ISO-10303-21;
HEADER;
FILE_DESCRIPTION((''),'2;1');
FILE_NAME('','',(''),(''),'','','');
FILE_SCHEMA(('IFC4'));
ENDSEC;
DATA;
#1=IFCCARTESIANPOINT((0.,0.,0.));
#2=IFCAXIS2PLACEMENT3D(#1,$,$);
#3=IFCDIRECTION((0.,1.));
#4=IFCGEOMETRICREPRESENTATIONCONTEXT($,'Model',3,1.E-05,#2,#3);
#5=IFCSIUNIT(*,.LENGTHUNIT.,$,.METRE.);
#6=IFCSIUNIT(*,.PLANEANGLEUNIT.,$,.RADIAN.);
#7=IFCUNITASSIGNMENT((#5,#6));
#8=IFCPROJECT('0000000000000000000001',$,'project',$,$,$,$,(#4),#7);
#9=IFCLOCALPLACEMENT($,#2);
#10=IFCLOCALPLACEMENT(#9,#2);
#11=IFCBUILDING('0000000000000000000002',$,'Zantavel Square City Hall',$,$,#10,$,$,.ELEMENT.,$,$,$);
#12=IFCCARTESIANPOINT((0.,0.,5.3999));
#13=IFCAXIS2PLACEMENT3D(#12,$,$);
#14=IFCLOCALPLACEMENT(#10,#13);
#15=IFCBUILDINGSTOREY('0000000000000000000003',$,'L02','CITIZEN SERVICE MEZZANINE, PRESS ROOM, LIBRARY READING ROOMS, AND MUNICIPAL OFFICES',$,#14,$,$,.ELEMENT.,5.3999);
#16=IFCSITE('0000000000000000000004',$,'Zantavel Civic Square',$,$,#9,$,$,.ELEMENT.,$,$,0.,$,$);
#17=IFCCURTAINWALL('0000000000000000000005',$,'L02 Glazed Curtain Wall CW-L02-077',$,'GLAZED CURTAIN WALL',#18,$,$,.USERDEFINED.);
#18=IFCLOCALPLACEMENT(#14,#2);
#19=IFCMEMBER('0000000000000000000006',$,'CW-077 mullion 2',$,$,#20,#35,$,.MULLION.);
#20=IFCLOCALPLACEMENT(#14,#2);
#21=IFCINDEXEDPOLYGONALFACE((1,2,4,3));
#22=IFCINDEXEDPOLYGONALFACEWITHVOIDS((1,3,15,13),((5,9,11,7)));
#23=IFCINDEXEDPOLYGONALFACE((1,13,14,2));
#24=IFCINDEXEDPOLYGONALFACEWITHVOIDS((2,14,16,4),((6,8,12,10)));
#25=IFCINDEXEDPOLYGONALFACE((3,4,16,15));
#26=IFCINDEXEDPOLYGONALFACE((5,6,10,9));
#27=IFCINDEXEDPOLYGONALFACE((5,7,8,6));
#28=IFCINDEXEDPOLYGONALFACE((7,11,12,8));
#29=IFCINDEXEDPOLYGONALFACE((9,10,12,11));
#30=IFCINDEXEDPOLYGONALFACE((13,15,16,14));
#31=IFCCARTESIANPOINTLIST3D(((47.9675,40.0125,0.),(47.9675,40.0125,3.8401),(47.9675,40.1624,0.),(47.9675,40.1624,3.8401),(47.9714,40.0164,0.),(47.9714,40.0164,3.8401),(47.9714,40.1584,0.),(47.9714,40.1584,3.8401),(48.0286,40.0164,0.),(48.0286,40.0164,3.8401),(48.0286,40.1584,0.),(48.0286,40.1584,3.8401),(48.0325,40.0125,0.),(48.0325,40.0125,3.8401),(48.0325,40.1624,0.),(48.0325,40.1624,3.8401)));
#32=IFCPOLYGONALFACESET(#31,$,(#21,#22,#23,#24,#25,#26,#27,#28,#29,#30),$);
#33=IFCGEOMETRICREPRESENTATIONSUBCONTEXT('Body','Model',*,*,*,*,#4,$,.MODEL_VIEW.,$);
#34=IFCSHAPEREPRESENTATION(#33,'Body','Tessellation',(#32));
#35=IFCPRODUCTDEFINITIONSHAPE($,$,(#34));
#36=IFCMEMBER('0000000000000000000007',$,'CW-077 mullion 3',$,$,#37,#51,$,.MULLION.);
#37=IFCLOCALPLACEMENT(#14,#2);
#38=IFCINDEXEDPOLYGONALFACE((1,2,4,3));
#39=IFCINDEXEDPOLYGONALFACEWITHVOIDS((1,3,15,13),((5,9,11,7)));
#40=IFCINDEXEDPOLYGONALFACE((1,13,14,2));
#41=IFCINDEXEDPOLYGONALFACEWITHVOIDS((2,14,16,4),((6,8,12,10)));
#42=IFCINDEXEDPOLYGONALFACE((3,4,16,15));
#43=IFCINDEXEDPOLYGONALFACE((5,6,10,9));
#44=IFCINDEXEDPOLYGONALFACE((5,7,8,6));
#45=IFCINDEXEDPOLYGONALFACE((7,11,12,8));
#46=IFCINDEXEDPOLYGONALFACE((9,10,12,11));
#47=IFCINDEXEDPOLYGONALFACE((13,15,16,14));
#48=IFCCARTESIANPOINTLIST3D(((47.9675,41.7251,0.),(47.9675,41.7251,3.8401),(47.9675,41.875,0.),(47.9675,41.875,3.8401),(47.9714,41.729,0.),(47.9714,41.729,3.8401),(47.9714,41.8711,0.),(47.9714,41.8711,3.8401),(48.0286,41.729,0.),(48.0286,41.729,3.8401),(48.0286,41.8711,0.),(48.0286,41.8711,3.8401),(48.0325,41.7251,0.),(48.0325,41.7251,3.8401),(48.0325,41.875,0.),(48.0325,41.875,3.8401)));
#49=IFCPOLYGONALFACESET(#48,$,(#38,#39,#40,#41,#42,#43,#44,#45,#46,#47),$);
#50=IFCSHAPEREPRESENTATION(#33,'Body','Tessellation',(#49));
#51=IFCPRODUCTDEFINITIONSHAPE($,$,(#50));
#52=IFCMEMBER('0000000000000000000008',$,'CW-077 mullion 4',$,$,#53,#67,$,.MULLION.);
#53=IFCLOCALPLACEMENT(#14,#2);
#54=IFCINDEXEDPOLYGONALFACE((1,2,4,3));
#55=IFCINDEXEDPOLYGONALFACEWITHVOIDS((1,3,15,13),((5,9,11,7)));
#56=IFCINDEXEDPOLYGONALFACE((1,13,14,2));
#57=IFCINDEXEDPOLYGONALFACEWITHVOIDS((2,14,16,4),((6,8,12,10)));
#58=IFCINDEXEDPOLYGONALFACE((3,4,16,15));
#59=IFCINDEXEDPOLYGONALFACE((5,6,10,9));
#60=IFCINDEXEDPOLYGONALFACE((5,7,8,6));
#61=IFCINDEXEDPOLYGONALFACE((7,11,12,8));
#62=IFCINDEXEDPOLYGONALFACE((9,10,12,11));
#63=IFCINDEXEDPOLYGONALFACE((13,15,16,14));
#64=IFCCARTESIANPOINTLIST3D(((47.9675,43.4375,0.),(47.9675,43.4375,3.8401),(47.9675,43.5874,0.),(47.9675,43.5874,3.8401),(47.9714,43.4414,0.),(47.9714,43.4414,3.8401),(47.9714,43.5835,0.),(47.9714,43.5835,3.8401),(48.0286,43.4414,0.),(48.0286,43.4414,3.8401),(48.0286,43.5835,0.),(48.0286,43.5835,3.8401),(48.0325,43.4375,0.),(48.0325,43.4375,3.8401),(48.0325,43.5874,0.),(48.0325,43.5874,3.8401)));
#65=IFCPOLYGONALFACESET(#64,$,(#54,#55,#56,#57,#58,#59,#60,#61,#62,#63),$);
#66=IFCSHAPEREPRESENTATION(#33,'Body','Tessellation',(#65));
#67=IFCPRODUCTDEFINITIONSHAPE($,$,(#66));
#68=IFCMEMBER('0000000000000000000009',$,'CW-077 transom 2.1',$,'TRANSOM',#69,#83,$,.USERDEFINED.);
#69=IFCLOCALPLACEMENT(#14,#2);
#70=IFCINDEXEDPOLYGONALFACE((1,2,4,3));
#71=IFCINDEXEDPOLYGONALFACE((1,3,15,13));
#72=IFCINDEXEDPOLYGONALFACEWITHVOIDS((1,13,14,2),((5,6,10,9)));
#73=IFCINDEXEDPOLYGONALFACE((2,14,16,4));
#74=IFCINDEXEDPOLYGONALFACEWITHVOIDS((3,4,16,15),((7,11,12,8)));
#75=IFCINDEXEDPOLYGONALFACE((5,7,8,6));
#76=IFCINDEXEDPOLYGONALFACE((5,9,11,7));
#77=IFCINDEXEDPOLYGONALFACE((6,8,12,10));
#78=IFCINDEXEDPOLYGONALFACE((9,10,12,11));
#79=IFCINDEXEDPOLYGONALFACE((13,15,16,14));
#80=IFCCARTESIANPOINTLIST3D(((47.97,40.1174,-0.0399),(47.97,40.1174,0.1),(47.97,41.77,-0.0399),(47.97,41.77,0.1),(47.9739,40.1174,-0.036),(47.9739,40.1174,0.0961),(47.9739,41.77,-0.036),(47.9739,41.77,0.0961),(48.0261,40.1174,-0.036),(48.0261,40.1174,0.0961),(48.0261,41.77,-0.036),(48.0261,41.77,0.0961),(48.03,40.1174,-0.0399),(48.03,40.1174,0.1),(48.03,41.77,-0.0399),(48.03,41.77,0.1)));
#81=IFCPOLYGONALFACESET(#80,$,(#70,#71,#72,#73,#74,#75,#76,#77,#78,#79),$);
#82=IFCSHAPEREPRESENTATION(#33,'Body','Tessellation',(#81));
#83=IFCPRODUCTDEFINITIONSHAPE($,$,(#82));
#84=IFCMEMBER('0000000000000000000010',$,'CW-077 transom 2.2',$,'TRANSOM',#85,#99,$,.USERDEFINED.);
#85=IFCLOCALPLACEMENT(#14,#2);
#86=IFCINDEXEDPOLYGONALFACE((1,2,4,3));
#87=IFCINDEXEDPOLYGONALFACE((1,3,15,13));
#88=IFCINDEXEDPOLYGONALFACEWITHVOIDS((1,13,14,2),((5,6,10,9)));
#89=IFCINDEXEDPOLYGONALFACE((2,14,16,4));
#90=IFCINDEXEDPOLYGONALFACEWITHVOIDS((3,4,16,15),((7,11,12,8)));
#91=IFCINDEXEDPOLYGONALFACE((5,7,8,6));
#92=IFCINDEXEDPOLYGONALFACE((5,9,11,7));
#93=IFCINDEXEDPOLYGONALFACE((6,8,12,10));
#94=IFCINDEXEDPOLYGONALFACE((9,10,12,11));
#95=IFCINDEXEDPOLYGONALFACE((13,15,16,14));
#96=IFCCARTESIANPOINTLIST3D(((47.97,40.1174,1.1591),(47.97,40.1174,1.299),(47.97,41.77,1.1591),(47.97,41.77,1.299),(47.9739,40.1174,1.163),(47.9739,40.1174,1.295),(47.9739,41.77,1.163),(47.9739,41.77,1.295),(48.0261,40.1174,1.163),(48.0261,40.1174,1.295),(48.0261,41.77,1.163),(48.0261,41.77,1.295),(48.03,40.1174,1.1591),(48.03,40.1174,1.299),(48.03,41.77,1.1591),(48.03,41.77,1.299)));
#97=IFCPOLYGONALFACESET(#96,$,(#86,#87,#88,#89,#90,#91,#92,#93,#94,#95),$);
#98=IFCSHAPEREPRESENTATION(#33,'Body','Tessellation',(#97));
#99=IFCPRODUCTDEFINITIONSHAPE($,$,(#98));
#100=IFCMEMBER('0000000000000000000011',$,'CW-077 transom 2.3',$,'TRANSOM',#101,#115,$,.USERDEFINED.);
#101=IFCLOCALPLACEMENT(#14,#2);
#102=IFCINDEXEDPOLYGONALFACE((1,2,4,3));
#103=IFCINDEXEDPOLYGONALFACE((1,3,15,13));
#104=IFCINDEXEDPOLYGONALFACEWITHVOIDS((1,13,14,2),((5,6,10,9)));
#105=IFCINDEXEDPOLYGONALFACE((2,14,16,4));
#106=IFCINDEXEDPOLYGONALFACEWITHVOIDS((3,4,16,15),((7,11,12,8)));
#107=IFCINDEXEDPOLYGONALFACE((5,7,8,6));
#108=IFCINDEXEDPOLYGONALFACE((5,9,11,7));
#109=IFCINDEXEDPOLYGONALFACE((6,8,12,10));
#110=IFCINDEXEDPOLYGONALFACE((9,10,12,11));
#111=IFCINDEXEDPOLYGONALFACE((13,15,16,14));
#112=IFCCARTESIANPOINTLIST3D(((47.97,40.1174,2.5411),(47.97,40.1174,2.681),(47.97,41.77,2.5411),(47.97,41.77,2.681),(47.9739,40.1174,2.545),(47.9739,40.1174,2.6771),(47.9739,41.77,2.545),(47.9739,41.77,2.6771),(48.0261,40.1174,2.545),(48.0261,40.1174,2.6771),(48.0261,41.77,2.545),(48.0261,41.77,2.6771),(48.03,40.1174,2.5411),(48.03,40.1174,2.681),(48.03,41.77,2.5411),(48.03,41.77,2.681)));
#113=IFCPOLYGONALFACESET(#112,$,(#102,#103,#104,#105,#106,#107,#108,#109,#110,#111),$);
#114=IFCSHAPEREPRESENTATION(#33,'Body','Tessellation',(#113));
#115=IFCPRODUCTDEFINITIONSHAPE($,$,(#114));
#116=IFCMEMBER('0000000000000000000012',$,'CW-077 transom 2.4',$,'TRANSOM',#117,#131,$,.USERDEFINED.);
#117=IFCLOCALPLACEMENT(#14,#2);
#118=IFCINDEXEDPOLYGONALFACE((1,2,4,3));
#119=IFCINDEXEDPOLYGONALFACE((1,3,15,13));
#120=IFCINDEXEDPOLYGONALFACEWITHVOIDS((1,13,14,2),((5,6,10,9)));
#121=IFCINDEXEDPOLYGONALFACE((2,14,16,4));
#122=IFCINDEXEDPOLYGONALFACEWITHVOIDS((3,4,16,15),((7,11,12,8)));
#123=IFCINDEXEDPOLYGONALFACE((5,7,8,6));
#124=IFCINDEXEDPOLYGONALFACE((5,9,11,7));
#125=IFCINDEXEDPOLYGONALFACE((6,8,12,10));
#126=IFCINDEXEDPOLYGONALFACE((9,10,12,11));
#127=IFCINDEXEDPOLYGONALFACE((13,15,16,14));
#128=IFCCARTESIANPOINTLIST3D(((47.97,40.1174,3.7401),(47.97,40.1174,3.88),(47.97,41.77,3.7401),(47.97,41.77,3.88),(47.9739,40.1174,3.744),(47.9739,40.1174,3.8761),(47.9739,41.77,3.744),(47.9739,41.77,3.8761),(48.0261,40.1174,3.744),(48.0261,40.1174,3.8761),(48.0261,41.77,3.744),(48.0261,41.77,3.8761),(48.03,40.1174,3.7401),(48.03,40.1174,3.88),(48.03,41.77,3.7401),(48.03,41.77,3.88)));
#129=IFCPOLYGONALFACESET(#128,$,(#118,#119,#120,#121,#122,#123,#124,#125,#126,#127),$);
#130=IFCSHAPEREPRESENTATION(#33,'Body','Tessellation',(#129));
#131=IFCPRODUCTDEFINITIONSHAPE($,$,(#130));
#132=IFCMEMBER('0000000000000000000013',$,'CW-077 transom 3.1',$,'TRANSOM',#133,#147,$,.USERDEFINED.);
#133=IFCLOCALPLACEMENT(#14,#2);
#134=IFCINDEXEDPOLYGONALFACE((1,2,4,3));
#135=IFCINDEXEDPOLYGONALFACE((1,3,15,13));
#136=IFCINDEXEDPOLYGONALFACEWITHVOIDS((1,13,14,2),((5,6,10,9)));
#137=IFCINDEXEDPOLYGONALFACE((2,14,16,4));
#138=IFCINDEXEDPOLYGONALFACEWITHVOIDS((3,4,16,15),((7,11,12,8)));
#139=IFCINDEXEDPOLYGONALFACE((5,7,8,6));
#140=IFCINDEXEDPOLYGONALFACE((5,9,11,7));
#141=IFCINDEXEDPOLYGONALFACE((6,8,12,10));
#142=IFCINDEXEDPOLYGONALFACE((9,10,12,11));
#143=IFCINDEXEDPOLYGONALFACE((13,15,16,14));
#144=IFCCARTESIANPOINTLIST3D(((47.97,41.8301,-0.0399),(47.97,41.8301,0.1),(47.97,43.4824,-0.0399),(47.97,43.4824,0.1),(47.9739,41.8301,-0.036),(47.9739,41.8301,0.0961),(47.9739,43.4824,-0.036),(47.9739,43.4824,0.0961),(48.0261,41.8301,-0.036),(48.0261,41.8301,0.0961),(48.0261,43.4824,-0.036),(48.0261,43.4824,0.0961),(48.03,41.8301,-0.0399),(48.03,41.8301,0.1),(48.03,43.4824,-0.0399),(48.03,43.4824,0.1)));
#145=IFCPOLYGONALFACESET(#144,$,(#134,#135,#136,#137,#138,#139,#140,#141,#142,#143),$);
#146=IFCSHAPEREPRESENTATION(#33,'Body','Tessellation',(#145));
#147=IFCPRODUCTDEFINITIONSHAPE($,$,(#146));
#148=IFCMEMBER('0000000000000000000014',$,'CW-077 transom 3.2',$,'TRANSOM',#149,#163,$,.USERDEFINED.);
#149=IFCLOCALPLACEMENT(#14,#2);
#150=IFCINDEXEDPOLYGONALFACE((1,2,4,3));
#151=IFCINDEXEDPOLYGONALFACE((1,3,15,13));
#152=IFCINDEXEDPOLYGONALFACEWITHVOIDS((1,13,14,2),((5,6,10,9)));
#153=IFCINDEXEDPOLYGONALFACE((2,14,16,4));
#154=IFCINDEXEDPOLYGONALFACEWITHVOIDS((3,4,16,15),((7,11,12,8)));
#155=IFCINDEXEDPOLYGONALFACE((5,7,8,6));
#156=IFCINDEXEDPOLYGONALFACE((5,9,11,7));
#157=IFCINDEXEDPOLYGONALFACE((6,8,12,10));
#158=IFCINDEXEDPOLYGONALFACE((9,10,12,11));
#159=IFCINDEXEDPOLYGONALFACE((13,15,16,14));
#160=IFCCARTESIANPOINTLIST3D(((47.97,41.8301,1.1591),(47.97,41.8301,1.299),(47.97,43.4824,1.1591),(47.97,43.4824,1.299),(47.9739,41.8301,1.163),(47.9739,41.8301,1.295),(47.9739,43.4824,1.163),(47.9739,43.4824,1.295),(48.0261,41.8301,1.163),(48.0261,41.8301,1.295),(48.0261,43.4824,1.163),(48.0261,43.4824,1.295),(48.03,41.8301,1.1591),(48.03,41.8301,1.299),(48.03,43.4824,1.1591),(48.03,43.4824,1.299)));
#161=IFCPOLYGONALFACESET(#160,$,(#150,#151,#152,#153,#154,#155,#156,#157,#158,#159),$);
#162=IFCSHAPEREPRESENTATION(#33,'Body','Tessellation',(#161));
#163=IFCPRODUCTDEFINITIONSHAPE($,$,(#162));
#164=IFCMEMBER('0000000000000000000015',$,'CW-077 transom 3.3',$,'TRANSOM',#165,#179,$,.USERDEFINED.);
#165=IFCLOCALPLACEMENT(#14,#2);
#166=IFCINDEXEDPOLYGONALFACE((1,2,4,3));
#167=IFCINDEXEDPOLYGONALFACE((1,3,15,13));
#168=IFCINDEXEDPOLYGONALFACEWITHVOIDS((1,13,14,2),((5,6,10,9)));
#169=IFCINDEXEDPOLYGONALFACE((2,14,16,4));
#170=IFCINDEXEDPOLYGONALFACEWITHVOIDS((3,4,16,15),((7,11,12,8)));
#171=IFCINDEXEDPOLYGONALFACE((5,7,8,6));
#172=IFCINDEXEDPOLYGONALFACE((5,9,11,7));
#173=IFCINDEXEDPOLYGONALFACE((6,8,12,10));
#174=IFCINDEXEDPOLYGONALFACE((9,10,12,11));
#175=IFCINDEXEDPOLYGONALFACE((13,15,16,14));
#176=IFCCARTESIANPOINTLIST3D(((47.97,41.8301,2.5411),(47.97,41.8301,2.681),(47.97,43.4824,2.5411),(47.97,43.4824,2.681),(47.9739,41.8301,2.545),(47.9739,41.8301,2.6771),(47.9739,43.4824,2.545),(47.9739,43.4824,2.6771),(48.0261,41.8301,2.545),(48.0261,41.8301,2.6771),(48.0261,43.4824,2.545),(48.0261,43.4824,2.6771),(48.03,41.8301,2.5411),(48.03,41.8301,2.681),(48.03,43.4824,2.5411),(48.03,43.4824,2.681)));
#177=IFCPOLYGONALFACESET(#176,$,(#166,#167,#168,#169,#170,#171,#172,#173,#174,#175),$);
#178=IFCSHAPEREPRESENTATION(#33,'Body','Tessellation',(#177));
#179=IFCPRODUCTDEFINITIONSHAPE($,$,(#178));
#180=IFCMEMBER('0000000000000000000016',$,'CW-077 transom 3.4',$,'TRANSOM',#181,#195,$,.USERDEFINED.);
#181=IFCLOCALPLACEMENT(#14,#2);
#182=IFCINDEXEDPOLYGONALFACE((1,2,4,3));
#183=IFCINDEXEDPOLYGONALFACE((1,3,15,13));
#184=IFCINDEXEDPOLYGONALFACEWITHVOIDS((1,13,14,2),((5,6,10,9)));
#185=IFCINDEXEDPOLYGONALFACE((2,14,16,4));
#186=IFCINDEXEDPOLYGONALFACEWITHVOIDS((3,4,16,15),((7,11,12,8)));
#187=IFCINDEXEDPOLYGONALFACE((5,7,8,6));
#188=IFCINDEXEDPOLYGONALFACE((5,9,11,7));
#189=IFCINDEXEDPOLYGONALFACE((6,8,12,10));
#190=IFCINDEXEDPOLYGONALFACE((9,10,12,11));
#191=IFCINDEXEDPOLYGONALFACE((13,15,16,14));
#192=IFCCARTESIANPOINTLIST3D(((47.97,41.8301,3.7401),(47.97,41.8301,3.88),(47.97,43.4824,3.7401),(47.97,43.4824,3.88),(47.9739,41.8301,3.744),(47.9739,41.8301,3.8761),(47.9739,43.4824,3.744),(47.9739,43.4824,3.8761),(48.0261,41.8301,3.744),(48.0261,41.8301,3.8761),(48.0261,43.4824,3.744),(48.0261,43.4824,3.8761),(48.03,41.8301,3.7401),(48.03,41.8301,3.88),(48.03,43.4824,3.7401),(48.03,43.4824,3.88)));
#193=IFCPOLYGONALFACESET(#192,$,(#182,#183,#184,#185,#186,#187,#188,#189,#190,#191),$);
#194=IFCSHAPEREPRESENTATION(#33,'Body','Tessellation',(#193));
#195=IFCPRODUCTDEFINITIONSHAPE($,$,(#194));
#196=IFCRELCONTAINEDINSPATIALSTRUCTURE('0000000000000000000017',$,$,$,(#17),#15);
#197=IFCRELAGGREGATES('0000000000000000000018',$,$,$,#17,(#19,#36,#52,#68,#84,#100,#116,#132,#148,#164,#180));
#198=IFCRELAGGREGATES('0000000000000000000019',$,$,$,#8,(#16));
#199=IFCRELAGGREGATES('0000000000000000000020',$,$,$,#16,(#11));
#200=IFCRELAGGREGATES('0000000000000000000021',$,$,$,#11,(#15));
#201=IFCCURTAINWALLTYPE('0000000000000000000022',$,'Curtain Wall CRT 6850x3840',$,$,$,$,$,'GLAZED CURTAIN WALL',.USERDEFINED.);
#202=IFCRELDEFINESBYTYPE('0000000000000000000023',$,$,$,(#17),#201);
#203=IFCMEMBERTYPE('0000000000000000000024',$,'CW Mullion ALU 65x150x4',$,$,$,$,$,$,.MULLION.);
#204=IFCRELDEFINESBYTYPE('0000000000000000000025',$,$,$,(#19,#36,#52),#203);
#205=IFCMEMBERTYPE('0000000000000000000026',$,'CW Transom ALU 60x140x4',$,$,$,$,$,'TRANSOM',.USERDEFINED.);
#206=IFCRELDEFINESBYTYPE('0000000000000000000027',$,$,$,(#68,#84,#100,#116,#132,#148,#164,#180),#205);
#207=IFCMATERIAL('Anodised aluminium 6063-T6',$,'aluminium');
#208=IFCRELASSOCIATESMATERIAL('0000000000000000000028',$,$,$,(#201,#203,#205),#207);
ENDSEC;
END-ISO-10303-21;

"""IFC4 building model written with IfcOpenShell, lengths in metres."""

from ifc_helpers import new_model, si_unit, direction, frame, origin, origin_2d, place, context, subcontext, project, spatial, hollow_rectangle, extrude, material, material_profile, profile_set, type_object, element, aggregate, save


model = new_model("IFC4")

# Units and contexts
model_context = context("Model", 3, precision=1e-05, world=origin(), true_north=direction((0.0, 1.0)))
body_context = subcontext(model_context, "Body", "Model", "MODEL_VIEW")
ifc_project = project(units=[si_unit("LENGTHUNIT", "METRE"), si_unit("PLANEANGLEUNIT", "RADIAN")], contexts=[model_context])

# Site, building, storey
site_placement = place(None, origin())
site = spatial("IfcSite", under=ifc_project, at=site_placement, Name="Zantavel Civic Square", CompositionType="ELEMENT", RefElevation=0.0)
building_placement = place(site_placement, origin())
building = spatial("IfcBuilding", under=site, at=building_placement, Name="Zantavel Square City Hall", CompositionType="ELEMENT")
storey_placement = place(building_placement, frame((0.0, 0.0, 5.3999)))
storey = spatial("IfcBuildingStorey", under=building, at=storey_placement, Name="L02", Description="CITIZEN SERVICE MEZZANINE, PRESS ROOM, LIBRARY READING ROOMS, AND MUNICIPAL OFFICES", CompositionType="ELEMENT", Elevation=5.3999)

# Curtain wall, members
ifc_material_1 = material(Name="Anodised aluminium 6063-T6", Category="aluminium")
curtain_wall_type = type_object("IfcCurtainWallType", Name="Curtain Wall CRT 6850x3840", ElementType="GLAZED CURTAIN WALL", PredefinedType="USERDEFINED", material=ifc_material_1)
curtain_wall_placement = place(storey_placement, origin())
curtain_wall = element("IfcCurtainWall", 1, at=curtain_wall_placement, inside=storey, type_object=curtain_wall_type, Name="L02 Glazed Curtain Wall CW-L02-077", ObjectType="GLAZED CURTAIN WALL", PredefinedType="USERDEFINED")
ifc_material_profile_1 = material_profile(ifc_material_1, hollow_rectangle(XDim=0.0649, YDim=0.1499, WallThickness=0.0039, at=origin_2d()), Name="ALU 65x150x4")
ifc_profile_set_1 = profile_set([ifc_material_profile_1], Name="Anodised aluminium 6063-T6")
member_type_1 = type_object("IfcMemberType", Name="CW Mullion ALU 65x150x4", PredefinedType="MULLION", material=ifc_profile_set_1)
member_1_placement = place(storey_placement, frame((48.0, 40.0874, 0.0), z_axis=(0.0, 0.0, 1.0), x_axis=(-1.0, 0.0, 0.0)))
member_1 = element("IfcMember", 2, at=member_1_placement, type_object=member_type_1, Name="CW-077 mullion 2", PredefinedType="MULLION", context=body_context, shape_type="SweptSolid", body=[
    extrude(hollow_rectangle(XDim=0.0649, YDim=0.1499, WallThickness=0.0039, at=origin_2d()), origin(), (0.0, 0.0, 1.0), 3.8401),
])
member_2_placement = place(storey_placement, frame((48.0, 41.8, 0.0), z_axis=(0.0, 0.0, 1.0), x_axis=(-1.0, 0.0, 0.0)))
member_2 = element("IfcMember", 3, at=member_2_placement, type_object=member_type_1, Name="CW-077 mullion 3", PredefinedType="MULLION", context=body_context, shape_type="SweptSolid", body=[
    extrude(hollow_rectangle(XDim=0.0649, YDim=0.1499, WallThickness=0.0039, at=origin_2d()), origin(), (0.0, 0.0, 1.0), 3.8401),
])
member_3_placement = place(storey_placement, frame((48.0, 43.5125, 0.0), z_axis=(0.0, 0.0, 1.0), x_axis=(-1.0, 0.0, 0.0)))
member_3 = element("IfcMember", 4, at=member_3_placement, type_object=member_type_1, Name="CW-077 mullion 4", PredefinedType="MULLION", context=body_context, shape_type="SweptSolid", body=[
    extrude(hollow_rectangle(XDim=0.0649, YDim=0.1499, WallThickness=0.0039, at=origin_2d()), origin(), (0.0, 0.0, 1.0), 3.8401),
])
ifc_material_profile_2 = material_profile(ifc_material_1, hollow_rectangle(XDim=0.0601, YDim=0.1399, WallThickness=0.0039, at=origin_2d()), Name="ALU 60x140x4")
ifc_profile_set_2 = profile_set([ifc_material_profile_2], Name="Anodised aluminium 6063-T6")
member_type_2 = type_object("IfcMemberType", Name="CW Transom ALU 60x140x4", ElementType="TRANSOM", PredefinedType="USERDEFINED", material=ifc_profile_set_2)
member_4_placement = place(storey_placement, frame((48.0, 40.1174, 0.03), z_axis=(0.0, 1.0, 0.0), x_axis=(-1.0, 0.0, 0.0)))
member_4 = element("IfcMember", 5, at=member_4_placement, type_object=member_type_2, Name="CW-077 transom 2.1", ObjectType="TRANSOM", PredefinedType="USERDEFINED", context=body_context, shape_type="SweptSolid", body=[
    extrude(hollow_rectangle(XDim=0.0601, YDim=0.1399, WallThickness=0.0039, at=origin_2d()), origin(), (0.0, 0.0, 1.0), 1.6526),
])
member_5_placement = place(storey_placement, frame((48.0, 40.1174, 1.229), z_axis=(0.0, 1.0, 0.0), x_axis=(-1.0, 0.0, 0.0)))
member_5 = element("IfcMember", 6, at=member_5_placement, type_object=member_type_2, Name="CW-077 transom 2.2", ObjectType="TRANSOM", PredefinedType="USERDEFINED", context=body_context, shape_type="SweptSolid", body=[
    extrude(hollow_rectangle(XDim=0.0601, YDim=0.1399, WallThickness=0.0039, at=origin_2d()), origin(), (0.0, 0.0, 1.0), 1.6526),
])
member_6_placement = place(storey_placement, frame((48.0, 40.1174, 2.6111), z_axis=(0.0, 1.0, 0.0), x_axis=(-1.0, 0.0, 0.0)))
member_6 = element("IfcMember", 7, at=member_6_placement, type_object=member_type_2, Name="CW-077 transom 2.3", ObjectType="TRANSOM", PredefinedType="USERDEFINED", context=body_context, shape_type="SweptSolid", body=[
    extrude(hollow_rectangle(XDim=0.0601, YDim=0.1399, WallThickness=0.0039, at=origin_2d()), origin(), (0.0, 0.0, 1.0), 1.6526),
])
member_7_placement = place(storey_placement, frame((48.0, 40.1174, 3.8101), z_axis=(0.0, 1.0, 0.0), x_axis=(-1.0, 0.0, 0.0)))
member_7 = element("IfcMember", 8, at=member_7_placement, type_object=member_type_2, Name="CW-077 transom 2.4", ObjectType="TRANSOM", PredefinedType="USERDEFINED", context=body_context, shape_type="SweptSolid", body=[
    extrude(hollow_rectangle(XDim=0.0601, YDim=0.1399, WallThickness=0.0039, at=origin_2d()), origin(), (0.0, 0.0, 1.0), 1.6526),
])
member_8_placement = place(storey_placement, frame((48.0, 41.8301, 0.03), z_axis=(0.0, 1.0, 0.0), x_axis=(-1.0, 0.0, 0.0)))
member_8 = element("IfcMember", 9, at=member_8_placement, type_object=member_type_2, Name="CW-077 transom 3.1", ObjectType="TRANSOM", PredefinedType="USERDEFINED", context=body_context, shape_type="SweptSolid", body=[
    extrude(hollow_rectangle(XDim=0.0601, YDim=0.1399, WallThickness=0.0039, at=origin_2d()), origin(), (0.0, 0.0, 1.0), 1.6523),
])
member_9_placement = place(storey_placement, frame((48.0, 41.8301, 1.229), z_axis=(0.0, 1.0, 0.0), x_axis=(-1.0, 0.0, 0.0)))
member_9 = element("IfcMember", 10, at=member_9_placement, type_object=member_type_2, Name="CW-077 transom 3.2", ObjectType="TRANSOM", PredefinedType="USERDEFINED", context=body_context, shape_type="SweptSolid", body=[
    extrude(hollow_rectangle(XDim=0.0601, YDim=0.1399, WallThickness=0.0039, at=origin_2d()), origin(), (0.0, 0.0, 1.0), 1.6523),
])
member_10_placement = place(storey_placement, frame((48.0, 41.8301, 2.6111), z_axis=(0.0, 1.0, 0.0), x_axis=(-1.0, 0.0, 0.0)))
member_10 = element("IfcMember", 11, at=member_10_placement, type_object=member_type_2, Name="CW-077 transom 3.3", ObjectType="TRANSOM", PredefinedType="USERDEFINED", context=body_context, shape_type="SweptSolid", body=[
    extrude(hollow_rectangle(XDim=0.0601, YDim=0.1399, WallThickness=0.0039, at=origin_2d()), origin(), (0.0, 0.0, 1.0), 1.6523),
])
member_11_placement = place(storey_placement, frame((48.0, 41.8301, 3.8101), z_axis=(0.0, 1.0, 0.0), x_axis=(-1.0, 0.0, 0.0)))
member_11 = element("IfcMember", 12, at=member_11_placement, type_object=member_type_2, Name="CW-077 transom 3.4", ObjectType="TRANSOM", PredefinedType="USERDEFINED", context=body_context, shape_type="SweptSolid", body=[
    extrude(hollow_rectangle(XDim=0.0601, YDim=0.1399, WallThickness=0.0039, at=origin_2d()), origin(), (0.0, 0.0, 1.0), 1.6523),
])
aggregate(curtain_wall, [member_1, member_2, member_3, member_4, member_5, member_6, member_7, member_8, member_9, member_10, member_11])

save(model, "model.ifc")
